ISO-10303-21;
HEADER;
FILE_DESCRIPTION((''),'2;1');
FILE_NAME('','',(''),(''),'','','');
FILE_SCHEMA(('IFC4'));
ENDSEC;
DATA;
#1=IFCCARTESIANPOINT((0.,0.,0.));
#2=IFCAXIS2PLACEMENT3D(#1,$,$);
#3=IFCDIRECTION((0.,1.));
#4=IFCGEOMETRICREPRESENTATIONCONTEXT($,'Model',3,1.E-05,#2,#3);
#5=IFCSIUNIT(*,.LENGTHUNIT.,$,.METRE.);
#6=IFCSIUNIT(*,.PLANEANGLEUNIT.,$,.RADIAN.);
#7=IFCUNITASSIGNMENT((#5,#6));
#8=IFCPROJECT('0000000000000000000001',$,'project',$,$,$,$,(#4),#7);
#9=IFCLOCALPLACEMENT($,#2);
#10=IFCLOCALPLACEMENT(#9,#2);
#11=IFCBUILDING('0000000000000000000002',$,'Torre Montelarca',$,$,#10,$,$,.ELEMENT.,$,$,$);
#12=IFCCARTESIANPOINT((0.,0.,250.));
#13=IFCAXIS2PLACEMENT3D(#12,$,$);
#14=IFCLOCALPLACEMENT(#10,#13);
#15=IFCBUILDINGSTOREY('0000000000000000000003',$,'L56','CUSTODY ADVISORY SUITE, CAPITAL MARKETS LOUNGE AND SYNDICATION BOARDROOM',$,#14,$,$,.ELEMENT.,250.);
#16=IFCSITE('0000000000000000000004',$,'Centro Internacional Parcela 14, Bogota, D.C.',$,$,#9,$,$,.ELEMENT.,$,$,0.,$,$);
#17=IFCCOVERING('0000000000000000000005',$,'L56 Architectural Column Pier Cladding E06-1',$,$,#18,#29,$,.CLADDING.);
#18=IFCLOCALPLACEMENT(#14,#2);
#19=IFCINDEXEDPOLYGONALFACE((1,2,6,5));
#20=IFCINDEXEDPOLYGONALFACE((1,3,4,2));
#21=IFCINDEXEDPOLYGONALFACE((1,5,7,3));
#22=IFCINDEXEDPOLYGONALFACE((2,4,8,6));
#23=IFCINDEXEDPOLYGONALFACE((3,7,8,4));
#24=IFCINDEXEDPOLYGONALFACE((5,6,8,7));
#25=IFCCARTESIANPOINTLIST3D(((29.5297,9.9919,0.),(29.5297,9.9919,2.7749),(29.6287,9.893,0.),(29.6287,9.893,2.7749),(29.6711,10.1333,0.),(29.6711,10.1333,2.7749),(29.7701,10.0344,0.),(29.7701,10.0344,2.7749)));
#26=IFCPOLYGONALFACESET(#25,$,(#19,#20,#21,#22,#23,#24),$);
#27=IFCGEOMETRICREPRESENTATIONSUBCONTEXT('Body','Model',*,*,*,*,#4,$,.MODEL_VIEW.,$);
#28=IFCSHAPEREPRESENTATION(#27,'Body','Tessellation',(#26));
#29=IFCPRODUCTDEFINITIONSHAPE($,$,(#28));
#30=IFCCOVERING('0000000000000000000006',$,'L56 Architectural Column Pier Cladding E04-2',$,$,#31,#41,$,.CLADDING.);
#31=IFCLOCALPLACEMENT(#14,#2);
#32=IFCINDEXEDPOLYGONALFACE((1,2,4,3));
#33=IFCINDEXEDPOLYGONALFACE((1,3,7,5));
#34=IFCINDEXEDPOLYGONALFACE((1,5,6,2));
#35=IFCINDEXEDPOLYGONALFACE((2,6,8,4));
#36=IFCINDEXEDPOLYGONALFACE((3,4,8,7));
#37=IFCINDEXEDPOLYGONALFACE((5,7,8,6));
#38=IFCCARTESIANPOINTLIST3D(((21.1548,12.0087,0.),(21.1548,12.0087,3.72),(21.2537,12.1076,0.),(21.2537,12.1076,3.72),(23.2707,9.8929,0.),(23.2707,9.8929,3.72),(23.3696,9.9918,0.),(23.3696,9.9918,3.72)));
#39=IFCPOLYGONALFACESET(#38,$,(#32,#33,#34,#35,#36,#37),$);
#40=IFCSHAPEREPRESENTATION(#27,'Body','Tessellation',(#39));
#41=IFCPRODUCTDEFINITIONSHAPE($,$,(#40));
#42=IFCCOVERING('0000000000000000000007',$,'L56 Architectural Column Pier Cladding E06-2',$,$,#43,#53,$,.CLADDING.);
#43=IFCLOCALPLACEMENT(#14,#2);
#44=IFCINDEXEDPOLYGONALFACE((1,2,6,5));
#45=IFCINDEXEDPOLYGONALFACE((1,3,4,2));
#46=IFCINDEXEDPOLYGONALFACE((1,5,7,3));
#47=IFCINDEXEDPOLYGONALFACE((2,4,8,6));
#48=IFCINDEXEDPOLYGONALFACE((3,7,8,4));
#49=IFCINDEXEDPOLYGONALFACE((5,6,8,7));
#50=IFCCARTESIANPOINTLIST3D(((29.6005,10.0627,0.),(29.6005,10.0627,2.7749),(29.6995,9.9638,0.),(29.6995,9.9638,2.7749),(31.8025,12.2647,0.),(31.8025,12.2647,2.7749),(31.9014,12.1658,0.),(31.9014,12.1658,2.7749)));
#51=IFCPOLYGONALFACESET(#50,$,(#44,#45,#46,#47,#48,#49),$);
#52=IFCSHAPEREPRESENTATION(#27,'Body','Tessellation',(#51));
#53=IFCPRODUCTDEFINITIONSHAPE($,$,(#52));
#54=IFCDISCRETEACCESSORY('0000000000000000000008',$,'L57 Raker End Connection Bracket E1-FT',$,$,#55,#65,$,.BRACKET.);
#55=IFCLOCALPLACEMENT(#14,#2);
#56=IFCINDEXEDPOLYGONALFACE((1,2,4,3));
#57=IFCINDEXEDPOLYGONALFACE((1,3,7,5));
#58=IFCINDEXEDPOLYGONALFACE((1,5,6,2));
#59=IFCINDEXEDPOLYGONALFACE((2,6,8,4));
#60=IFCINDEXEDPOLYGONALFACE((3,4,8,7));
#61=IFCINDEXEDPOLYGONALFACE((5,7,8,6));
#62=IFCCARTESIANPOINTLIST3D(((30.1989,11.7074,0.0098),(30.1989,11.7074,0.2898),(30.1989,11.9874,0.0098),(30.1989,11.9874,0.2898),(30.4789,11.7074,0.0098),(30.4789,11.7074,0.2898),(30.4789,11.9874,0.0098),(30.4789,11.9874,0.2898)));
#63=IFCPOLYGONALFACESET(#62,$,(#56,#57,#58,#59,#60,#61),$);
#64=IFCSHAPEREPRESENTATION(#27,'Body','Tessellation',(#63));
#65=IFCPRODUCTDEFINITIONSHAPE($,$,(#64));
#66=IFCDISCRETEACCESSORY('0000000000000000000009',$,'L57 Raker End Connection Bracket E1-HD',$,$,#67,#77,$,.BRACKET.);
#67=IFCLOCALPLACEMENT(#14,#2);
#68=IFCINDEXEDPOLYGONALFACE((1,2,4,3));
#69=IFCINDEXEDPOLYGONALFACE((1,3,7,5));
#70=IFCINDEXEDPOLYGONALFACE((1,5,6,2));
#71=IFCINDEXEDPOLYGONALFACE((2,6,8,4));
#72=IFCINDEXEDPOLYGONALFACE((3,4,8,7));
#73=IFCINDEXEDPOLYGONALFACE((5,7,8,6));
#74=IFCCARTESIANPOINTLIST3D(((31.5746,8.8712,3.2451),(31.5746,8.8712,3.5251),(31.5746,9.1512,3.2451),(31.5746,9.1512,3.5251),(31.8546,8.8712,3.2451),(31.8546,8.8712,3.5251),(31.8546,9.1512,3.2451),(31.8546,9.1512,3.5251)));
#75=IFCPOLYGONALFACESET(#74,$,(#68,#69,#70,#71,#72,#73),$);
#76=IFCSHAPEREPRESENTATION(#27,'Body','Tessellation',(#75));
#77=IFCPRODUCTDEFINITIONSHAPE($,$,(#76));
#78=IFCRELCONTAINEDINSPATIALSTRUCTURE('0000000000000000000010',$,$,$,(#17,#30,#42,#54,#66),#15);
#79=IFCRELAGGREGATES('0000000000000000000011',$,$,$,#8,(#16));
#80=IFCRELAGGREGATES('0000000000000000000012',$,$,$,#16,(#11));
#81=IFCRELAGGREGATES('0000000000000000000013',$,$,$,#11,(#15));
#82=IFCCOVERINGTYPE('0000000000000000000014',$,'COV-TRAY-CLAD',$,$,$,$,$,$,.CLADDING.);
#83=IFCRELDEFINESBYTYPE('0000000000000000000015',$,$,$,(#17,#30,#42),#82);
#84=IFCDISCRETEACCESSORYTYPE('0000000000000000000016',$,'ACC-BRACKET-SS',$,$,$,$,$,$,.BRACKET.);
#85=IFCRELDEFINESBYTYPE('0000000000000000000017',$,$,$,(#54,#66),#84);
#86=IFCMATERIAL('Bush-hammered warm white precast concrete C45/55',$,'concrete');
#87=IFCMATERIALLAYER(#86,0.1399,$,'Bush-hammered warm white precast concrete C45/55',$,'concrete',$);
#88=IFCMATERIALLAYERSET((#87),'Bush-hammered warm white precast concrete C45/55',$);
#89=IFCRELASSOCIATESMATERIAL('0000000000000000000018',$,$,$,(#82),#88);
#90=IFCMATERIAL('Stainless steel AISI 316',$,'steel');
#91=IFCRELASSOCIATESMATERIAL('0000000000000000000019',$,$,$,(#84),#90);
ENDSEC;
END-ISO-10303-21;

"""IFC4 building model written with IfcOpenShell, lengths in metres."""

from ifc_helpers import new_model, si_unit, direction, frame, origin, origin_2d, place, context, subcontext, project, spatial, rectangle, extrude, source, transform, mapped, material, layer, layer_set, type_object, element, save


model = new_model("IFC4")

# Units and contexts
model_context = context("Model", 3, precision=1e-05, world=origin(), true_north=direction((0.0, 1.0)))
body_context = subcontext(model_context, "Body", "Model", "MODEL_VIEW")
ifc_project = project(units=[si_unit("LENGTHUNIT", "METRE"), si_unit("PLANEANGLEUNIT", "RADIAN")], contexts=[model_context])

# Site, building, storey
site_placement = place(None, origin())
site = spatial("IfcSite", under=ifc_project, at=site_placement, Name="Centro Internacional Parcela 14, Bogota, D.C.", CompositionType="ELEMENT", RefElevation=0.0)
building_placement = place(site_placement, origin())
building = spatial("IfcBuilding", under=site, at=building_placement, Name="Torre Montelarca", CompositionType="ELEMENT")
storey_placement = place(building_placement, frame((0.0, 0.0, 250.0)))
storey = spatial("IfcBuildingStorey", under=building, at=storey_placement, Name="L56", Description="CUSTODY ADVISORY SUITE, CAPITAL MARKETS LOUNGE AND SYNDICATION BOARDROOM", CompositionType="ELEMENT", Elevation=250.0)

# Coverings
ifc_material_1 = material(Name="Bush-hammered warm white precast concrete C45/55", Category="concrete")
ifc_layer_1 = layer(ifc_material_1, 0.1399, Name="Bush-hammered warm white precast concrete C45/55", Category="concrete")
ifc_layer_set_1 = layer_set([ifc_layer_1], Name="Bush-hammered warm white precast concrete C45/55")
covering_type = type_object("IfcCoveringType", Name="COV-TRAY-CLAD", PredefinedType="CLADDING", material=ifc_layer_set_1)
shared_shape_1 = source(origin(), body_context, "Body", "SweptSolid", [
    extrude(rectangle(XDim=0.2, YDim=0.1399, at=origin_2d()), origin(), (0.0, 0.0, 1.0), 2.7749),
])
covering_1_placement = place(storey_placement, frame((29.6499, 10.0132, 0.0), z_axis=(0.0, 0.0, 1.0), x_axis=(0.707107, 0.707107, 0.0)))
element("IfcCovering", 1, at=covering_1_placement, inside=storey, type_object=covering_type, Name="L56 Architectural Column Pier Cladding E06-1", PredefinedType="CLADDING", context=body_context, shape_type="MappedRepresentation", body=[
    mapped(shared_shape_1, transform((0.0, 0.0, 0.0), scale=1.0)),
])
shared_shape_2 = source(origin(), body_context, "Body", "SweptSolid", [
    extrude(rectangle(XDim=2.9922, YDim=0.1399, at=origin_2d()), origin(), (0.0, 0.0, 1.0), 3.72),
])
covering_2_placement = place(storey_placement, frame((22.2622, 11.0002, 0.0), z_axis=(0.0, 0.0, 1.0), x_axis=(0.707124, -0.70709, 0.0)))
element("IfcCovering", 2, at=covering_2_placement, inside=storey, type_object=covering_type, Name="L56 Architectural Column Pier Cladding E04-2", PredefinedType="CLADDING", context=body_context, shape_type="MappedRepresentation", body=[
    mapped(shared_shape_2, transform((0.0, 0.0, 0.0), scale=1.0)),
])
shared_shape_3 = source(origin(), body_context, "Body", "SweptSolid", [
    extrude(rectangle(XDim=3.114, YDim=0.1399, at=origin_2d()), origin(), (0.0, 0.0, 1.0), 2.7749),
])
covering_3_placement = place(storey_placement, frame((30.751, 11.1143, 0.0), z_axis=(0.0, 0.0, 1.0), x_axis=(0.707107, 0.707107, 0.0)))
element("IfcCovering", 3, at=covering_3_placement, inside=storey, type_object=covering_type, Name="L56 Architectural Column Pier Cladding E06-2", PredefinedType="CLADDING", context=body_context, shape_type="MappedRepresentation", body=[
    mapped(shared_shape_3, transform((0.0, 0.0, 0.0), scale=1.0)),
])

# Discrete accessories
ifc_material_2 = material(Name="Stainless steel AISI 316", Category="steel")
discrete_accessory_type = type_object("IfcDiscreteAccessoryType", Name="ACC-BRACKET-SS", PredefinedType="BRACKET", material=ifc_material_2)
shared_shape_4 = source(origin(), body_context, "Body", "SweptSolid", [
    extrude(rectangle(XDim=0.28, YDim=0.28, at=origin_2d()), origin(), (0.0, 0.0, 1.0), 0.28),
])
for number, where, z_axis, x_axis, name in (
    (4, (30.3389, 11.8474, 0.0098), (0.0, 0.0, 1.0), (1.0, 0.0, 0.0), "L57 Raker End Connection Bracket E1-FT"),
    (5, (31.7146, 9.0112, 3.2451), (0.0, 0.0, 1.0), (1.0, 0.0, 0.0), "L57 Raker End Connection Bracket E1-HD"),
):
    element("IfcDiscreteAccessory", number, at=place(storey_placement, frame(where, z_axis=z_axis, x_axis=x_axis)), inside=storey, type_object=discrete_accessory_type, Name=name, PredefinedType="BRACKET", context=body_context, shape_type="MappedRepresentation", body=[
        mapped(shared_shape_4, transform((0.0, 0.0, 0.0), scale=1.0)),
    ])

save(model, "model.ifc")
